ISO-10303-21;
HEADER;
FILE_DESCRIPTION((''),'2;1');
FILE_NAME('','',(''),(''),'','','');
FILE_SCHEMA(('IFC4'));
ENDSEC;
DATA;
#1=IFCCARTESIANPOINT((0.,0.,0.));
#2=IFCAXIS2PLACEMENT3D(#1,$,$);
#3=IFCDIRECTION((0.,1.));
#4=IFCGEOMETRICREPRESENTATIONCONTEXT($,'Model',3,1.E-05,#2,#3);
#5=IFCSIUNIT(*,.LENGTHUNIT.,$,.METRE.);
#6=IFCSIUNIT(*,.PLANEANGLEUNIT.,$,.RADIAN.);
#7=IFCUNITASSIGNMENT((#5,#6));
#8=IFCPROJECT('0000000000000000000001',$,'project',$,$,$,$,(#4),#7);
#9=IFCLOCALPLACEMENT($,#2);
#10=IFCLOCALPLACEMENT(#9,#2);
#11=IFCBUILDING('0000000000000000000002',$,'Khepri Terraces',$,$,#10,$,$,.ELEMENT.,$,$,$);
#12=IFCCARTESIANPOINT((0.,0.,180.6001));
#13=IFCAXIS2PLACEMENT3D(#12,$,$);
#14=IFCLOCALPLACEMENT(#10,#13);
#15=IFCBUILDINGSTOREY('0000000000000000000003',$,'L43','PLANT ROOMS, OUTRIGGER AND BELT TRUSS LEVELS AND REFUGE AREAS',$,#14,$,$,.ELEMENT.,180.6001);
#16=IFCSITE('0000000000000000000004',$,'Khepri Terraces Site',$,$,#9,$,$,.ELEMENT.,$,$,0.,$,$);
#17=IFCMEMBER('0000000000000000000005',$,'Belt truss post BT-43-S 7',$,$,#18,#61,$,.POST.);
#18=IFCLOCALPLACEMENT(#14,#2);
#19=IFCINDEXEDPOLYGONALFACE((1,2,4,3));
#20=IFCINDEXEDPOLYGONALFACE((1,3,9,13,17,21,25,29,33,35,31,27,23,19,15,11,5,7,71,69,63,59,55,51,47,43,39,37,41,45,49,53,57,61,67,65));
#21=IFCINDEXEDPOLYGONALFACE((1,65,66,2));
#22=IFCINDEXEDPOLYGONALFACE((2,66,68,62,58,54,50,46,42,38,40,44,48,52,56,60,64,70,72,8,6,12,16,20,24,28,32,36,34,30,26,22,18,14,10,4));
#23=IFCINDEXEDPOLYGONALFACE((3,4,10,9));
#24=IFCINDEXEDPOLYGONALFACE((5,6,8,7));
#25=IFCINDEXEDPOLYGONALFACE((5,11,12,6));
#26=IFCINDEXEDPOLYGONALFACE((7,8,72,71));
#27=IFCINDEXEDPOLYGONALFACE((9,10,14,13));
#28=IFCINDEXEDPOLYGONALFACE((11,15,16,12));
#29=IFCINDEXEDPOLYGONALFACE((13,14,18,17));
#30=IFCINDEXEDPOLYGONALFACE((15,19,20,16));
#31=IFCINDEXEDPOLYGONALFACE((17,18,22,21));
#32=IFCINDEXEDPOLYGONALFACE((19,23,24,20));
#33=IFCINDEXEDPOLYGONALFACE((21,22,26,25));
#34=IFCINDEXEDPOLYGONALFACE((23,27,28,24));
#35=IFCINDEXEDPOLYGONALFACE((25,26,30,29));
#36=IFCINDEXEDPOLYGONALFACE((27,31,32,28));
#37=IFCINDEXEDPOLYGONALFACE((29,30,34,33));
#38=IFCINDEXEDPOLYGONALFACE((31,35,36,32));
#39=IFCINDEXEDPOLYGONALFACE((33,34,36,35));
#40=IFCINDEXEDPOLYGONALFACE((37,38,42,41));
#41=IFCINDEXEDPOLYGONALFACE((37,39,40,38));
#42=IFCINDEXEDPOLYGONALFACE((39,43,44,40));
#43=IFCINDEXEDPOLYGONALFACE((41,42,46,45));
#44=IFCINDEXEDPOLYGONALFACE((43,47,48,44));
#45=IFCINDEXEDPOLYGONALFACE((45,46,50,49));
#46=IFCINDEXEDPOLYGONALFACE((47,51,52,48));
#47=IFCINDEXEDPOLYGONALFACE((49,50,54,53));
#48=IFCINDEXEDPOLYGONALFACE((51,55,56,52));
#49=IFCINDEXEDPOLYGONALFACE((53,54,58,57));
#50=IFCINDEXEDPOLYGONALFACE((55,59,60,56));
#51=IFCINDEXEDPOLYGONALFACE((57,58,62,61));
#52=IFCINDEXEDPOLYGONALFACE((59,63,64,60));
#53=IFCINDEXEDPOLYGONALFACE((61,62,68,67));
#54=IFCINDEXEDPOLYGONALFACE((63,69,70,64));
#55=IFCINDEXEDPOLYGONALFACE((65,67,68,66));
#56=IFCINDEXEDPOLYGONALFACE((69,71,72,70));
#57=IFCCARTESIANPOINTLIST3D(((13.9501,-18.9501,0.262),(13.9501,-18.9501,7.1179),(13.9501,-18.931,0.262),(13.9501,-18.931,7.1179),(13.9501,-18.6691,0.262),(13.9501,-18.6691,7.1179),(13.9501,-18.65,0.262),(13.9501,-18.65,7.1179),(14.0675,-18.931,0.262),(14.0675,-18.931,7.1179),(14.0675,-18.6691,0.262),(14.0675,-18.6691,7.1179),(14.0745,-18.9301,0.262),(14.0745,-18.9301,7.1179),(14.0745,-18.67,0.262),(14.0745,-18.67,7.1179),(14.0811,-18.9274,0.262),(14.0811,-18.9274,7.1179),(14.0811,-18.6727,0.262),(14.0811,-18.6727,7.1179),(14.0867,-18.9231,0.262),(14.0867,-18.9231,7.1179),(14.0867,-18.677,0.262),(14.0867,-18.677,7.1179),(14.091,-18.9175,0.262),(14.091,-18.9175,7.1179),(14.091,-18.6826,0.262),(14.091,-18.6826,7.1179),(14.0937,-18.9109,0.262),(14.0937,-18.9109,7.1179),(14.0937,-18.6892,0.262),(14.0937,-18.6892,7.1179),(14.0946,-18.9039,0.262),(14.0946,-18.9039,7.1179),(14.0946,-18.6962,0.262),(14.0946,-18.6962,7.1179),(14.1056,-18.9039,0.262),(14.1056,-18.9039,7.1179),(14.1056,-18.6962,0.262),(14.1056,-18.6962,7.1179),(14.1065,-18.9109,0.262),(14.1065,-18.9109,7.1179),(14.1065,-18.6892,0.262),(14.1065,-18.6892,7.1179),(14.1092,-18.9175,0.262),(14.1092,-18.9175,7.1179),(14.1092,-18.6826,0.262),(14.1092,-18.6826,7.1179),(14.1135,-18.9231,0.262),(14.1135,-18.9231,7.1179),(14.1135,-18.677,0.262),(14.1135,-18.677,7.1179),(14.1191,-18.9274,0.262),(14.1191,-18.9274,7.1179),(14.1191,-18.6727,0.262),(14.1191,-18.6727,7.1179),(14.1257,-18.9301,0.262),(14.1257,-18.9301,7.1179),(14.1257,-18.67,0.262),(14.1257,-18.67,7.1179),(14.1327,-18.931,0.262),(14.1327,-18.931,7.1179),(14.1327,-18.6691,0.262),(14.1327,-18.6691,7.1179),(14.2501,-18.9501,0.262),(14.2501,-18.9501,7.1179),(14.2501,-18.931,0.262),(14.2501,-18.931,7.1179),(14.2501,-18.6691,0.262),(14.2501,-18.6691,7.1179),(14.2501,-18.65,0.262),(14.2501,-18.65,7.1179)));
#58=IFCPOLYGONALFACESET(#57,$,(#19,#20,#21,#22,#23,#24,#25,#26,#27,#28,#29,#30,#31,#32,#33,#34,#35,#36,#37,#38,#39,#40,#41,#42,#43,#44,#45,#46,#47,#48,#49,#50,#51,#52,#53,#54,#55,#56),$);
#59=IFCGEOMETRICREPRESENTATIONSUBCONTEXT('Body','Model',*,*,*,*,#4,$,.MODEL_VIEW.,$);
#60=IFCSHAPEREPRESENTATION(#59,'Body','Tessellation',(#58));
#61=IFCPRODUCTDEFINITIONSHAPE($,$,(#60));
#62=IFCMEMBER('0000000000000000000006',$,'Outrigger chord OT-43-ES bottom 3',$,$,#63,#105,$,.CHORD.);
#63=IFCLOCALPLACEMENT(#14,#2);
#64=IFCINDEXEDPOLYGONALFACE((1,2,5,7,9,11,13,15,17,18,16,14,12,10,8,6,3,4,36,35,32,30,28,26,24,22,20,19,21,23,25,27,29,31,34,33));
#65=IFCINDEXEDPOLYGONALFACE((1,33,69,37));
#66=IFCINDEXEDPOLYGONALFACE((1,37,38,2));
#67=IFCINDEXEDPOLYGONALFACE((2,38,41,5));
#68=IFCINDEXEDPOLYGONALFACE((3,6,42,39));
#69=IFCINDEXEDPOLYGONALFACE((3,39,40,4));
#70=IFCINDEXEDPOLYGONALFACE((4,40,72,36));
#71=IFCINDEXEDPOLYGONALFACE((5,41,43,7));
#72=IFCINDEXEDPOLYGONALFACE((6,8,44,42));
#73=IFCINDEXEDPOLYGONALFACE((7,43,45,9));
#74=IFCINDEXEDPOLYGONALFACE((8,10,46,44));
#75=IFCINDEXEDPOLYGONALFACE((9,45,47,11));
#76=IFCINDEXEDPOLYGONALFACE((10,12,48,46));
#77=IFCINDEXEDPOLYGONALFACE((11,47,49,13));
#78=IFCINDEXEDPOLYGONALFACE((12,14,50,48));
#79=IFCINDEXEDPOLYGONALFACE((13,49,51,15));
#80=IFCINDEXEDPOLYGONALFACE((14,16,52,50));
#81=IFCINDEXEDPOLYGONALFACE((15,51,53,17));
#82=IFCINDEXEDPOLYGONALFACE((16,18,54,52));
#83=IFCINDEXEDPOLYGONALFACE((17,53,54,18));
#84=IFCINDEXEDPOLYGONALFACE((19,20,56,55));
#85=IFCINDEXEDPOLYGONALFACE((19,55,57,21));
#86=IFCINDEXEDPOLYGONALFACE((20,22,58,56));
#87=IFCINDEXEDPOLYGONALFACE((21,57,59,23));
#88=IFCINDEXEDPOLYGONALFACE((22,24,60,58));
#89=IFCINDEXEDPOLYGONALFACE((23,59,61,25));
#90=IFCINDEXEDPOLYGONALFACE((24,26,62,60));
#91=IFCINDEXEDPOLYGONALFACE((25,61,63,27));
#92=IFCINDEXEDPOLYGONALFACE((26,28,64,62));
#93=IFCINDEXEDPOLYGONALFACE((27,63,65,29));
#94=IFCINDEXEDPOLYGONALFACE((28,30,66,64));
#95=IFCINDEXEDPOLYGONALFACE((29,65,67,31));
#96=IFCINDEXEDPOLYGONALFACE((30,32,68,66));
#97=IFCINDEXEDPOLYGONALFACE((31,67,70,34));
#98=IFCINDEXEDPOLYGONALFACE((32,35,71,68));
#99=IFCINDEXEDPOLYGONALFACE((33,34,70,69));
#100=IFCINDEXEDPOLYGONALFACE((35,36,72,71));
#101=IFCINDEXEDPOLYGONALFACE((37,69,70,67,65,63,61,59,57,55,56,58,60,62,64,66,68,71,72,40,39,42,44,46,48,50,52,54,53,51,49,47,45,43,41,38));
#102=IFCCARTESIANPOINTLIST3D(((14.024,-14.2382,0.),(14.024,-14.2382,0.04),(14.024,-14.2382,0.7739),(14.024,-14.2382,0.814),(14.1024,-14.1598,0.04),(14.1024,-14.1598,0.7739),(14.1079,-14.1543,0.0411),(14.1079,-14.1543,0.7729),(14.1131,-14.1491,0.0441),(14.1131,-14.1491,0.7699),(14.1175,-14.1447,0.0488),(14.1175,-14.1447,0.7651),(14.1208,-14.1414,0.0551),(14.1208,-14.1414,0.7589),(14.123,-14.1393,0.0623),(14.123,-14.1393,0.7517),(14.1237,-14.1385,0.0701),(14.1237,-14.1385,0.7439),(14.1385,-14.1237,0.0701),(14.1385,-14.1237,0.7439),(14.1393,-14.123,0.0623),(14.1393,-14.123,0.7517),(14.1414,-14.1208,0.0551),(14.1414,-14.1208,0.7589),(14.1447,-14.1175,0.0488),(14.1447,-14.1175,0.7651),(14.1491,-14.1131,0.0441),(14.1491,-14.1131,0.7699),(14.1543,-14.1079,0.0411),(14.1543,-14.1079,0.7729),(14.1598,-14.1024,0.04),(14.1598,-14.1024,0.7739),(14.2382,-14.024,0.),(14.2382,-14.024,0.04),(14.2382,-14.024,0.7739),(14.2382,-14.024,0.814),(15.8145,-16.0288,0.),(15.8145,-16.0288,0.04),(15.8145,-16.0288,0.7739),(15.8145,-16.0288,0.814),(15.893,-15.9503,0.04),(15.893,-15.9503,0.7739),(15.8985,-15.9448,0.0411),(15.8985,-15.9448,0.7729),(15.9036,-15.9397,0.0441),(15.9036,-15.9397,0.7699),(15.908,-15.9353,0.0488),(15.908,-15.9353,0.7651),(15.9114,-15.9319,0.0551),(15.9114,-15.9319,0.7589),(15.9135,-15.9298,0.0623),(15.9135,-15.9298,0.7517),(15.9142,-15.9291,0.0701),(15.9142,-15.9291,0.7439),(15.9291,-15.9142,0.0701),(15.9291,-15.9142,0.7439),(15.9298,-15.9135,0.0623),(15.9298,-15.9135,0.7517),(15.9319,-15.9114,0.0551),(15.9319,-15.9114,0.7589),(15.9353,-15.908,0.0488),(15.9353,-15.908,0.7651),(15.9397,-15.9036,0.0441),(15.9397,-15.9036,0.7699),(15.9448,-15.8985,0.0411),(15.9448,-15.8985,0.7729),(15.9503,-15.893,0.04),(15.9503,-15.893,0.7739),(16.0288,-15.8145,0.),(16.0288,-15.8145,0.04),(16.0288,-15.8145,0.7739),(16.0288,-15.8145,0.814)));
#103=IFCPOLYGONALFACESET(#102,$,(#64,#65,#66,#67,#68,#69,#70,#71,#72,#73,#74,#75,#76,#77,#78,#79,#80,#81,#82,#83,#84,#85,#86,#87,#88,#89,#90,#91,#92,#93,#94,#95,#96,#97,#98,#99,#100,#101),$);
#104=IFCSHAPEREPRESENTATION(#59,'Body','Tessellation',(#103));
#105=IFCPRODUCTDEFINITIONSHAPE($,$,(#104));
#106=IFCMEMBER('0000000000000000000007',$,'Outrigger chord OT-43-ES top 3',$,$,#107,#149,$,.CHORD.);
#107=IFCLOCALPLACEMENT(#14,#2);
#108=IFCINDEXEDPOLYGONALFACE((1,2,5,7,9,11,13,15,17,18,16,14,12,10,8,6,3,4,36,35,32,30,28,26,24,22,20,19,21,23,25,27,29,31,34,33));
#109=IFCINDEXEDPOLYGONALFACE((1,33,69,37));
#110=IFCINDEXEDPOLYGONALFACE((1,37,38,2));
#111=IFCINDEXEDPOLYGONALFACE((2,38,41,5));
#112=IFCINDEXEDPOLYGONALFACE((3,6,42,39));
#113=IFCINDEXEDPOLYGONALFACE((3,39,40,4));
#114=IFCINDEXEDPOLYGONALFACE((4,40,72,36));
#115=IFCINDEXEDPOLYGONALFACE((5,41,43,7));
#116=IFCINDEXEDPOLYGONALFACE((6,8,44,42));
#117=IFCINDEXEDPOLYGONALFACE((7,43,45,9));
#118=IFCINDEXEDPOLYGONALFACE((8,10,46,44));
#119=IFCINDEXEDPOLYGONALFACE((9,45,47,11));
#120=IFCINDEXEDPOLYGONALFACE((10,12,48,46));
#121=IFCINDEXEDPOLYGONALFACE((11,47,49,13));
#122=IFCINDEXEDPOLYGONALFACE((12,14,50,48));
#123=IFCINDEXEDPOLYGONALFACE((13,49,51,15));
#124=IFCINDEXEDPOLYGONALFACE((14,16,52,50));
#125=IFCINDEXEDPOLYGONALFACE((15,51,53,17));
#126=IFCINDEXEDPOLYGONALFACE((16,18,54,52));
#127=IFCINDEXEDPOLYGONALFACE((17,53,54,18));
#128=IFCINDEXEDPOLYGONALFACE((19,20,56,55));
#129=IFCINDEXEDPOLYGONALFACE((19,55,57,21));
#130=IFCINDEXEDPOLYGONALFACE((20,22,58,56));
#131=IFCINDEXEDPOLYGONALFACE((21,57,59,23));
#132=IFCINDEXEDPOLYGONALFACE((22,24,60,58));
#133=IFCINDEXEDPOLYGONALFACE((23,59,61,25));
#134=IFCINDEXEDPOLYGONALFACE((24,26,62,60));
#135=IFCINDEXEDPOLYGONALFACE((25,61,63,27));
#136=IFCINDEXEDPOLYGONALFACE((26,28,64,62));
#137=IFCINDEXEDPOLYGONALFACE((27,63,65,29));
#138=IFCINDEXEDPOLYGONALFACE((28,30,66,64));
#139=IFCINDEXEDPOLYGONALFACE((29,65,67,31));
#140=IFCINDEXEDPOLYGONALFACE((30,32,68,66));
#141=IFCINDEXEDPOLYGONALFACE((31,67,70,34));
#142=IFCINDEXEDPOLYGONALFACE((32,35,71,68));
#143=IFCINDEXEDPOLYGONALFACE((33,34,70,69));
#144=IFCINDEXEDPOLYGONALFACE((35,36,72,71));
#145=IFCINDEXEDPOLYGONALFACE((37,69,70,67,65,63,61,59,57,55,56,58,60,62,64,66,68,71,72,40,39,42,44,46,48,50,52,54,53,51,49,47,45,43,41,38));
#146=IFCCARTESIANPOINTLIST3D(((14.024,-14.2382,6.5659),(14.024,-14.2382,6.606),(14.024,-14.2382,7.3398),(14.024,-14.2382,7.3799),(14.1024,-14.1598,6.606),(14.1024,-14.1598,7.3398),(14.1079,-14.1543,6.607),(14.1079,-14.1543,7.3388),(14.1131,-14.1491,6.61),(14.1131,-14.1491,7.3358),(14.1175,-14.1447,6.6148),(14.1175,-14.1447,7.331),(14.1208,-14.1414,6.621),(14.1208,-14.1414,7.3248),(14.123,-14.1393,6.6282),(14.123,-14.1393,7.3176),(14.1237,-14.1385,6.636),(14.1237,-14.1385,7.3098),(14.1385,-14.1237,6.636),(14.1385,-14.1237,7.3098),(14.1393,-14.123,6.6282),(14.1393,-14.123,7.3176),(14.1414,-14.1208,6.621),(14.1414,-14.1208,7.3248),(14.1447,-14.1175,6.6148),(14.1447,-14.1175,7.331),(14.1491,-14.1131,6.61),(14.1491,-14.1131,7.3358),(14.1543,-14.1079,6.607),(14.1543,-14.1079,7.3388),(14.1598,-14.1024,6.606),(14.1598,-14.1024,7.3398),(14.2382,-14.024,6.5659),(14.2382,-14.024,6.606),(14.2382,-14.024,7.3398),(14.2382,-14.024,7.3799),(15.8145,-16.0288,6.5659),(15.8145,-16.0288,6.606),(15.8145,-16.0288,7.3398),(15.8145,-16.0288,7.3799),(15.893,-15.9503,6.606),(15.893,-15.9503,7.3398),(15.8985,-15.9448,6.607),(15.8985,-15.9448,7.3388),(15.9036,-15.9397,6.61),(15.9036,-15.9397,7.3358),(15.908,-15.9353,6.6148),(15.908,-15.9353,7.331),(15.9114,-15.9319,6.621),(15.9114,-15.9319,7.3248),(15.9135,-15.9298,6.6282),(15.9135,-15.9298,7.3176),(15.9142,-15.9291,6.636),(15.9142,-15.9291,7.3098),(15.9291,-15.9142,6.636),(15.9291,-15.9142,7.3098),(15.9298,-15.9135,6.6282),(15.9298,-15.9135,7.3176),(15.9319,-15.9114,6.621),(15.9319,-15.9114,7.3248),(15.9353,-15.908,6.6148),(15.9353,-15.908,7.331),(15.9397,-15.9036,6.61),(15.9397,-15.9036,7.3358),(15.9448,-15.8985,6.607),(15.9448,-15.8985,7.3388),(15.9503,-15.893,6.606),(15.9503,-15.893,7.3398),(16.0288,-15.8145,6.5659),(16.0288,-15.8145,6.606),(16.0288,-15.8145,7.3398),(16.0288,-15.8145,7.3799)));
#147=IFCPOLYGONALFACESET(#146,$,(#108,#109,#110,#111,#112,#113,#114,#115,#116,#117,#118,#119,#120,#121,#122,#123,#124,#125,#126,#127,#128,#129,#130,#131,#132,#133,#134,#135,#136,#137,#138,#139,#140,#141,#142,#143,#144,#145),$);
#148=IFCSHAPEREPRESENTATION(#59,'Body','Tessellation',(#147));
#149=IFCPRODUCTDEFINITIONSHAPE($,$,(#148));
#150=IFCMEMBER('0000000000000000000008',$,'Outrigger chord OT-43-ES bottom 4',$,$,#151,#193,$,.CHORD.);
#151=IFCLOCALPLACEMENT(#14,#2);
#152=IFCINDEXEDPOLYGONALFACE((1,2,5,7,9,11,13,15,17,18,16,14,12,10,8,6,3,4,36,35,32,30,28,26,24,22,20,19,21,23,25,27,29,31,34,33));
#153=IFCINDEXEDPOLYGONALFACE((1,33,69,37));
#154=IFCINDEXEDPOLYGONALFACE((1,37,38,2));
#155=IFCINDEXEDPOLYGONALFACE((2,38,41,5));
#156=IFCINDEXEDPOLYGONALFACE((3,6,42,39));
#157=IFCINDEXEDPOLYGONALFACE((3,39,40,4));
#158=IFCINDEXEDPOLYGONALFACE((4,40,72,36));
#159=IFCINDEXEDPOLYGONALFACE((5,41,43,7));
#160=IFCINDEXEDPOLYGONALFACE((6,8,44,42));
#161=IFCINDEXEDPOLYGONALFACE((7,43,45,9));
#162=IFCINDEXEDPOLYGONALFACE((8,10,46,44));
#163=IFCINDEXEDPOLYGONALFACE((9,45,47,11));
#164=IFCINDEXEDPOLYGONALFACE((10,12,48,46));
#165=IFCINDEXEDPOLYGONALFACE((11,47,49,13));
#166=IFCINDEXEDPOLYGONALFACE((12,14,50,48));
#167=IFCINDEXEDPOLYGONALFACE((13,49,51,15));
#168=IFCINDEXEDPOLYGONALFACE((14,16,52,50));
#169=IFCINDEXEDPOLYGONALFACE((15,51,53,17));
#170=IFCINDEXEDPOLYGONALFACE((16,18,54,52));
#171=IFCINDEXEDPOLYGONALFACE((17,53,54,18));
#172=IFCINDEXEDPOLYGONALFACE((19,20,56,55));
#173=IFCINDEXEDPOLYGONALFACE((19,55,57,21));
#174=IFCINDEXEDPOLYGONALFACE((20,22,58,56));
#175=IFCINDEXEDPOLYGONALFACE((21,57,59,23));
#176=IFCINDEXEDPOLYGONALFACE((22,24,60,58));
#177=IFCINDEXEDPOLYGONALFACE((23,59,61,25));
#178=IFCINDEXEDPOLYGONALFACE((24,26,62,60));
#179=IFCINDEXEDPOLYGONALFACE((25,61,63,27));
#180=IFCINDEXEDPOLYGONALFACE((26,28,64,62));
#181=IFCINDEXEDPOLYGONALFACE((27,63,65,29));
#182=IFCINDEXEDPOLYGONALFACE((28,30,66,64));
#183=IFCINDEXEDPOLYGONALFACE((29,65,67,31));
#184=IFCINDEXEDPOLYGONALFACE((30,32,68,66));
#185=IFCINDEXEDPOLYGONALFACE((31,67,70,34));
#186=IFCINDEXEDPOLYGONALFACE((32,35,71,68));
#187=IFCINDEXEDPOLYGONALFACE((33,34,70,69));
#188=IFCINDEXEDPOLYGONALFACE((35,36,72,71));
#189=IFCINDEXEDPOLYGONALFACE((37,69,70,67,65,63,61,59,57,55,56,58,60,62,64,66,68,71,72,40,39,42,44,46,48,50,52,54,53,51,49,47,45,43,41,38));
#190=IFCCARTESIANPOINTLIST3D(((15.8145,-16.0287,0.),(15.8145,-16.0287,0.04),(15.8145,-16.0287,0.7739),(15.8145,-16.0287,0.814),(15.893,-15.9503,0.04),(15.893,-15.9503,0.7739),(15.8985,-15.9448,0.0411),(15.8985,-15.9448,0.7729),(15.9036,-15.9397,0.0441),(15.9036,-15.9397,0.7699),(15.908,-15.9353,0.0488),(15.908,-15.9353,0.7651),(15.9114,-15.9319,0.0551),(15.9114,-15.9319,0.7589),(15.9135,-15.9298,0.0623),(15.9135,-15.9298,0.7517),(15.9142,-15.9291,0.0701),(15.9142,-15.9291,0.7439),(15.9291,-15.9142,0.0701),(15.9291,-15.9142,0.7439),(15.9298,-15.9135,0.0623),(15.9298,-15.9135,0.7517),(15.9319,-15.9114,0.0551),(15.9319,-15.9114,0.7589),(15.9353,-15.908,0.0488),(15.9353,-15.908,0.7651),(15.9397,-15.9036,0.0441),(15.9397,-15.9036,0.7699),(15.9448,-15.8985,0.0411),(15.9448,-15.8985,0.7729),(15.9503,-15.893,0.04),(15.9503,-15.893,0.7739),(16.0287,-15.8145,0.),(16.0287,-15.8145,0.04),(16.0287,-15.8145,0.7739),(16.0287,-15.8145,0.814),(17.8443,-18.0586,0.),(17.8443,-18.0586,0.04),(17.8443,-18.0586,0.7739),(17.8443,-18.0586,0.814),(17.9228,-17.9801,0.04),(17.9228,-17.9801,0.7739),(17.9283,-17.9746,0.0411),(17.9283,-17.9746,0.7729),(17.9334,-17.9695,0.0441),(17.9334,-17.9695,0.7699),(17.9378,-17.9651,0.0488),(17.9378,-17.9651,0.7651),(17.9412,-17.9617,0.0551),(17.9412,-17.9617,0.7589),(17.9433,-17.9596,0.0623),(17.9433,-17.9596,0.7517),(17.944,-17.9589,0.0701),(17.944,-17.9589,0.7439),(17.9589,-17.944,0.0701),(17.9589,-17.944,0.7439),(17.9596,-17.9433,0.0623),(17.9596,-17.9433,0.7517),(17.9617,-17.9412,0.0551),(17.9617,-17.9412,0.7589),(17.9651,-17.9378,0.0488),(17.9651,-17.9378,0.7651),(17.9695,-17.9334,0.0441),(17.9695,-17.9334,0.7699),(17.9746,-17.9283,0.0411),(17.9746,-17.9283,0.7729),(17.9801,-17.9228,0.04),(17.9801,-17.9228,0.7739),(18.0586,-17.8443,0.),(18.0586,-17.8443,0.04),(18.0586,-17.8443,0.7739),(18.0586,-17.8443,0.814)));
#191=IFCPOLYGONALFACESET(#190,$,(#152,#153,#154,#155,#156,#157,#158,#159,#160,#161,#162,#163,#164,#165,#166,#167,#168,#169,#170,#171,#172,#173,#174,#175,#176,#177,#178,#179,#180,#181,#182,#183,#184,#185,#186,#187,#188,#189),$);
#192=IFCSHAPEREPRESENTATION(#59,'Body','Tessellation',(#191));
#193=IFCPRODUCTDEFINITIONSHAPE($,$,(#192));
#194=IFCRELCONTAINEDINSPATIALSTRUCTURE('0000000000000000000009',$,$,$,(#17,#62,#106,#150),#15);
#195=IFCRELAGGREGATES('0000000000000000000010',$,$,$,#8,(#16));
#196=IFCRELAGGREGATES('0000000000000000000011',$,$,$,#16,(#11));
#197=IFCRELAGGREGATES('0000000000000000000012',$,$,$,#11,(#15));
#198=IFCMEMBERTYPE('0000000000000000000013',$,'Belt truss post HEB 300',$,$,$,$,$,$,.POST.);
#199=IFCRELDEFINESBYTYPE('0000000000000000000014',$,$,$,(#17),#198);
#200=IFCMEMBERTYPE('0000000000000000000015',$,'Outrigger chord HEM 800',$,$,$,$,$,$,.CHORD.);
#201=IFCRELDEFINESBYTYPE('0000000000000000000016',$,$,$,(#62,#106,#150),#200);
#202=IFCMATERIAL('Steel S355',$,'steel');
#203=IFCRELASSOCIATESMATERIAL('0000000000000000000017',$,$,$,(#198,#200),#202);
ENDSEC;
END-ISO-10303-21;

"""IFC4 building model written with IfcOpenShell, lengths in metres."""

from ifc_helpers import new_model, si_unit, direction, frame, origin, origin_2d, place, context, subcontext, project, spatial, i_section, extrude, material, material_profile, profile_set, type_object, element, save


model = new_model("IFC4")

# Units and contexts
model_context = context("Model", 3, precision=1e-05, world=origin(), true_north=direction((0.0, 1.0)))
body_context = subcontext(model_context, "Body", "Model", "MODEL_VIEW")
ifc_project = project(units=[si_unit("LENGTHUNIT", "METRE"), si_unit("PLANEANGLEUNIT", "RADIAN")], contexts=[model_context])

# Site, building, storey
site_placement = place(None, origin())
site = spatial("IfcSite", under=ifc_project, at=site_placement, Name="Khepri Terraces Site", CompositionType="ELEMENT", RefElevation=0.0)
building_placement = place(site_placement, origin())
building = spatial("IfcBuilding", under=site, at=building_placement, Name="Khepri Terraces", CompositionType="ELEMENT")
storey_placement = place(building_placement, frame((0.0, 0.0, 180.6001)))
storey = spatial("IfcBuildingStorey", under=building, at=storey_placement, Name="L43", Description="PLANT ROOMS, OUTRIGGER AND BELT TRUSS LEVELS AND REFUGE AREAS", CompositionType="ELEMENT", Elevation=180.6001)

# Members
ifc_material_1 = material(Name="Steel S355", Category="steel")
ifc_material_profile_1 = material_profile(ifc_material_1, i_section(OverallWidth=0.3, OverallDepth=0.3, WebThickness=0.011, FlangeThickness=0.019, FilletRadius=0.0271, at=origin_2d()), Name="Steel S355", Category="steel")
ifc_profile_set_1 = profile_set([ifc_material_profile_1], Name="Steel S355")
member_type_1 = type_object("IfcMemberType", Name="Belt truss post HEB 300", PredefinedType="POST", material=ifc_profile_set_1)
member_1_placement = place(storey_placement, frame((14.1001, -18.8, 0.262), z_axis=(0.0, 0.0, 1.0), x_axis=(1.0, 0.0, 0.0)))
element("IfcMember", 1, at=member_1_placement, inside=storey, type_object=member_type_1, Name="Belt truss post BT-43-S 7", PredefinedType="POST", context=body_context, shape_type="SweptSolid", body=[
    extrude(i_section(OverallWidth=0.3, OverallDepth=0.3, WebThickness=0.011, FlangeThickness=0.019, FilletRadius=0.0271, at=origin_2d()), origin(), (0.0, 0.0, 1.0), 6.856),
])
ifc_material_profile_2 = material_profile(ifc_material_1, i_section(OverallWidth=0.303, OverallDepth=0.814, WebThickness=0.021, FlangeThickness=0.04, FilletRadius=0.03, at=origin_2d()), Name="Steel S355", Category="steel")
ifc_profile_set_2 = profile_set([ifc_material_profile_2], Name="Steel S355")
member_type_2 = type_object("IfcMemberType", Name="Outrigger chord HEM 800", PredefinedType="CHORD", material=ifc_profile_set_2)
for number, where, z_axis, x_axis, name in (
    (2, (14.1311, -14.1311, 0.407), (0.707107, -0.707107, 0.0), (0.707107, 0.707107, 0.0), "Outrigger chord OT-43-ES bottom 3"),
    (3, (14.1311, -14.1311, 6.9729), (0.707107, -0.707107, 0.0), (0.707107, 0.707107, 0.0), "Outrigger chord OT-43-ES top 3"),
):
    element("IfcMember", number, at=place(storey_placement, frame(where, z_axis=z_axis, x_axis=x_axis)), inside=storey, type_object=member_type_2, Name=name, PredefinedType="CHORD", context=body_context, shape_type="SweptSolid", body=[
        extrude(i_section(OverallWidth=0.303, OverallDepth=0.814, WebThickness=0.021, FlangeThickness=0.04, FilletRadius=0.03, at=origin_2d()), origin(), (0.0, 0.0, 1.0), 2.5322),
    ])
for number, where, z_axis, x_axis, name in (
    (4, (15.9216, -15.9216, 0.407), (0.707107, -0.707107, 0.0), (0.707107, 0.707107, 0.0), "Outrigger chord OT-43-ES bottom 4"),
):
    element("IfcMember", number, at=place(storey_placement, frame(where, z_axis=z_axis, x_axis=x_axis)), inside=storey, type_object=member_type_2, Name=name, PredefinedType="CHORD", context=body_context, shape_type="SweptSolid", body=[
        extrude(i_section(OverallWidth=0.303, OverallDepth=0.814, WebThickness=0.021, FlangeThickness=0.04, FilletRadius=0.03, at=origin_2d()), origin(), (0.0, 0.0, 1.0), 2.8706),
    ])

save(model, "model.ifc")
